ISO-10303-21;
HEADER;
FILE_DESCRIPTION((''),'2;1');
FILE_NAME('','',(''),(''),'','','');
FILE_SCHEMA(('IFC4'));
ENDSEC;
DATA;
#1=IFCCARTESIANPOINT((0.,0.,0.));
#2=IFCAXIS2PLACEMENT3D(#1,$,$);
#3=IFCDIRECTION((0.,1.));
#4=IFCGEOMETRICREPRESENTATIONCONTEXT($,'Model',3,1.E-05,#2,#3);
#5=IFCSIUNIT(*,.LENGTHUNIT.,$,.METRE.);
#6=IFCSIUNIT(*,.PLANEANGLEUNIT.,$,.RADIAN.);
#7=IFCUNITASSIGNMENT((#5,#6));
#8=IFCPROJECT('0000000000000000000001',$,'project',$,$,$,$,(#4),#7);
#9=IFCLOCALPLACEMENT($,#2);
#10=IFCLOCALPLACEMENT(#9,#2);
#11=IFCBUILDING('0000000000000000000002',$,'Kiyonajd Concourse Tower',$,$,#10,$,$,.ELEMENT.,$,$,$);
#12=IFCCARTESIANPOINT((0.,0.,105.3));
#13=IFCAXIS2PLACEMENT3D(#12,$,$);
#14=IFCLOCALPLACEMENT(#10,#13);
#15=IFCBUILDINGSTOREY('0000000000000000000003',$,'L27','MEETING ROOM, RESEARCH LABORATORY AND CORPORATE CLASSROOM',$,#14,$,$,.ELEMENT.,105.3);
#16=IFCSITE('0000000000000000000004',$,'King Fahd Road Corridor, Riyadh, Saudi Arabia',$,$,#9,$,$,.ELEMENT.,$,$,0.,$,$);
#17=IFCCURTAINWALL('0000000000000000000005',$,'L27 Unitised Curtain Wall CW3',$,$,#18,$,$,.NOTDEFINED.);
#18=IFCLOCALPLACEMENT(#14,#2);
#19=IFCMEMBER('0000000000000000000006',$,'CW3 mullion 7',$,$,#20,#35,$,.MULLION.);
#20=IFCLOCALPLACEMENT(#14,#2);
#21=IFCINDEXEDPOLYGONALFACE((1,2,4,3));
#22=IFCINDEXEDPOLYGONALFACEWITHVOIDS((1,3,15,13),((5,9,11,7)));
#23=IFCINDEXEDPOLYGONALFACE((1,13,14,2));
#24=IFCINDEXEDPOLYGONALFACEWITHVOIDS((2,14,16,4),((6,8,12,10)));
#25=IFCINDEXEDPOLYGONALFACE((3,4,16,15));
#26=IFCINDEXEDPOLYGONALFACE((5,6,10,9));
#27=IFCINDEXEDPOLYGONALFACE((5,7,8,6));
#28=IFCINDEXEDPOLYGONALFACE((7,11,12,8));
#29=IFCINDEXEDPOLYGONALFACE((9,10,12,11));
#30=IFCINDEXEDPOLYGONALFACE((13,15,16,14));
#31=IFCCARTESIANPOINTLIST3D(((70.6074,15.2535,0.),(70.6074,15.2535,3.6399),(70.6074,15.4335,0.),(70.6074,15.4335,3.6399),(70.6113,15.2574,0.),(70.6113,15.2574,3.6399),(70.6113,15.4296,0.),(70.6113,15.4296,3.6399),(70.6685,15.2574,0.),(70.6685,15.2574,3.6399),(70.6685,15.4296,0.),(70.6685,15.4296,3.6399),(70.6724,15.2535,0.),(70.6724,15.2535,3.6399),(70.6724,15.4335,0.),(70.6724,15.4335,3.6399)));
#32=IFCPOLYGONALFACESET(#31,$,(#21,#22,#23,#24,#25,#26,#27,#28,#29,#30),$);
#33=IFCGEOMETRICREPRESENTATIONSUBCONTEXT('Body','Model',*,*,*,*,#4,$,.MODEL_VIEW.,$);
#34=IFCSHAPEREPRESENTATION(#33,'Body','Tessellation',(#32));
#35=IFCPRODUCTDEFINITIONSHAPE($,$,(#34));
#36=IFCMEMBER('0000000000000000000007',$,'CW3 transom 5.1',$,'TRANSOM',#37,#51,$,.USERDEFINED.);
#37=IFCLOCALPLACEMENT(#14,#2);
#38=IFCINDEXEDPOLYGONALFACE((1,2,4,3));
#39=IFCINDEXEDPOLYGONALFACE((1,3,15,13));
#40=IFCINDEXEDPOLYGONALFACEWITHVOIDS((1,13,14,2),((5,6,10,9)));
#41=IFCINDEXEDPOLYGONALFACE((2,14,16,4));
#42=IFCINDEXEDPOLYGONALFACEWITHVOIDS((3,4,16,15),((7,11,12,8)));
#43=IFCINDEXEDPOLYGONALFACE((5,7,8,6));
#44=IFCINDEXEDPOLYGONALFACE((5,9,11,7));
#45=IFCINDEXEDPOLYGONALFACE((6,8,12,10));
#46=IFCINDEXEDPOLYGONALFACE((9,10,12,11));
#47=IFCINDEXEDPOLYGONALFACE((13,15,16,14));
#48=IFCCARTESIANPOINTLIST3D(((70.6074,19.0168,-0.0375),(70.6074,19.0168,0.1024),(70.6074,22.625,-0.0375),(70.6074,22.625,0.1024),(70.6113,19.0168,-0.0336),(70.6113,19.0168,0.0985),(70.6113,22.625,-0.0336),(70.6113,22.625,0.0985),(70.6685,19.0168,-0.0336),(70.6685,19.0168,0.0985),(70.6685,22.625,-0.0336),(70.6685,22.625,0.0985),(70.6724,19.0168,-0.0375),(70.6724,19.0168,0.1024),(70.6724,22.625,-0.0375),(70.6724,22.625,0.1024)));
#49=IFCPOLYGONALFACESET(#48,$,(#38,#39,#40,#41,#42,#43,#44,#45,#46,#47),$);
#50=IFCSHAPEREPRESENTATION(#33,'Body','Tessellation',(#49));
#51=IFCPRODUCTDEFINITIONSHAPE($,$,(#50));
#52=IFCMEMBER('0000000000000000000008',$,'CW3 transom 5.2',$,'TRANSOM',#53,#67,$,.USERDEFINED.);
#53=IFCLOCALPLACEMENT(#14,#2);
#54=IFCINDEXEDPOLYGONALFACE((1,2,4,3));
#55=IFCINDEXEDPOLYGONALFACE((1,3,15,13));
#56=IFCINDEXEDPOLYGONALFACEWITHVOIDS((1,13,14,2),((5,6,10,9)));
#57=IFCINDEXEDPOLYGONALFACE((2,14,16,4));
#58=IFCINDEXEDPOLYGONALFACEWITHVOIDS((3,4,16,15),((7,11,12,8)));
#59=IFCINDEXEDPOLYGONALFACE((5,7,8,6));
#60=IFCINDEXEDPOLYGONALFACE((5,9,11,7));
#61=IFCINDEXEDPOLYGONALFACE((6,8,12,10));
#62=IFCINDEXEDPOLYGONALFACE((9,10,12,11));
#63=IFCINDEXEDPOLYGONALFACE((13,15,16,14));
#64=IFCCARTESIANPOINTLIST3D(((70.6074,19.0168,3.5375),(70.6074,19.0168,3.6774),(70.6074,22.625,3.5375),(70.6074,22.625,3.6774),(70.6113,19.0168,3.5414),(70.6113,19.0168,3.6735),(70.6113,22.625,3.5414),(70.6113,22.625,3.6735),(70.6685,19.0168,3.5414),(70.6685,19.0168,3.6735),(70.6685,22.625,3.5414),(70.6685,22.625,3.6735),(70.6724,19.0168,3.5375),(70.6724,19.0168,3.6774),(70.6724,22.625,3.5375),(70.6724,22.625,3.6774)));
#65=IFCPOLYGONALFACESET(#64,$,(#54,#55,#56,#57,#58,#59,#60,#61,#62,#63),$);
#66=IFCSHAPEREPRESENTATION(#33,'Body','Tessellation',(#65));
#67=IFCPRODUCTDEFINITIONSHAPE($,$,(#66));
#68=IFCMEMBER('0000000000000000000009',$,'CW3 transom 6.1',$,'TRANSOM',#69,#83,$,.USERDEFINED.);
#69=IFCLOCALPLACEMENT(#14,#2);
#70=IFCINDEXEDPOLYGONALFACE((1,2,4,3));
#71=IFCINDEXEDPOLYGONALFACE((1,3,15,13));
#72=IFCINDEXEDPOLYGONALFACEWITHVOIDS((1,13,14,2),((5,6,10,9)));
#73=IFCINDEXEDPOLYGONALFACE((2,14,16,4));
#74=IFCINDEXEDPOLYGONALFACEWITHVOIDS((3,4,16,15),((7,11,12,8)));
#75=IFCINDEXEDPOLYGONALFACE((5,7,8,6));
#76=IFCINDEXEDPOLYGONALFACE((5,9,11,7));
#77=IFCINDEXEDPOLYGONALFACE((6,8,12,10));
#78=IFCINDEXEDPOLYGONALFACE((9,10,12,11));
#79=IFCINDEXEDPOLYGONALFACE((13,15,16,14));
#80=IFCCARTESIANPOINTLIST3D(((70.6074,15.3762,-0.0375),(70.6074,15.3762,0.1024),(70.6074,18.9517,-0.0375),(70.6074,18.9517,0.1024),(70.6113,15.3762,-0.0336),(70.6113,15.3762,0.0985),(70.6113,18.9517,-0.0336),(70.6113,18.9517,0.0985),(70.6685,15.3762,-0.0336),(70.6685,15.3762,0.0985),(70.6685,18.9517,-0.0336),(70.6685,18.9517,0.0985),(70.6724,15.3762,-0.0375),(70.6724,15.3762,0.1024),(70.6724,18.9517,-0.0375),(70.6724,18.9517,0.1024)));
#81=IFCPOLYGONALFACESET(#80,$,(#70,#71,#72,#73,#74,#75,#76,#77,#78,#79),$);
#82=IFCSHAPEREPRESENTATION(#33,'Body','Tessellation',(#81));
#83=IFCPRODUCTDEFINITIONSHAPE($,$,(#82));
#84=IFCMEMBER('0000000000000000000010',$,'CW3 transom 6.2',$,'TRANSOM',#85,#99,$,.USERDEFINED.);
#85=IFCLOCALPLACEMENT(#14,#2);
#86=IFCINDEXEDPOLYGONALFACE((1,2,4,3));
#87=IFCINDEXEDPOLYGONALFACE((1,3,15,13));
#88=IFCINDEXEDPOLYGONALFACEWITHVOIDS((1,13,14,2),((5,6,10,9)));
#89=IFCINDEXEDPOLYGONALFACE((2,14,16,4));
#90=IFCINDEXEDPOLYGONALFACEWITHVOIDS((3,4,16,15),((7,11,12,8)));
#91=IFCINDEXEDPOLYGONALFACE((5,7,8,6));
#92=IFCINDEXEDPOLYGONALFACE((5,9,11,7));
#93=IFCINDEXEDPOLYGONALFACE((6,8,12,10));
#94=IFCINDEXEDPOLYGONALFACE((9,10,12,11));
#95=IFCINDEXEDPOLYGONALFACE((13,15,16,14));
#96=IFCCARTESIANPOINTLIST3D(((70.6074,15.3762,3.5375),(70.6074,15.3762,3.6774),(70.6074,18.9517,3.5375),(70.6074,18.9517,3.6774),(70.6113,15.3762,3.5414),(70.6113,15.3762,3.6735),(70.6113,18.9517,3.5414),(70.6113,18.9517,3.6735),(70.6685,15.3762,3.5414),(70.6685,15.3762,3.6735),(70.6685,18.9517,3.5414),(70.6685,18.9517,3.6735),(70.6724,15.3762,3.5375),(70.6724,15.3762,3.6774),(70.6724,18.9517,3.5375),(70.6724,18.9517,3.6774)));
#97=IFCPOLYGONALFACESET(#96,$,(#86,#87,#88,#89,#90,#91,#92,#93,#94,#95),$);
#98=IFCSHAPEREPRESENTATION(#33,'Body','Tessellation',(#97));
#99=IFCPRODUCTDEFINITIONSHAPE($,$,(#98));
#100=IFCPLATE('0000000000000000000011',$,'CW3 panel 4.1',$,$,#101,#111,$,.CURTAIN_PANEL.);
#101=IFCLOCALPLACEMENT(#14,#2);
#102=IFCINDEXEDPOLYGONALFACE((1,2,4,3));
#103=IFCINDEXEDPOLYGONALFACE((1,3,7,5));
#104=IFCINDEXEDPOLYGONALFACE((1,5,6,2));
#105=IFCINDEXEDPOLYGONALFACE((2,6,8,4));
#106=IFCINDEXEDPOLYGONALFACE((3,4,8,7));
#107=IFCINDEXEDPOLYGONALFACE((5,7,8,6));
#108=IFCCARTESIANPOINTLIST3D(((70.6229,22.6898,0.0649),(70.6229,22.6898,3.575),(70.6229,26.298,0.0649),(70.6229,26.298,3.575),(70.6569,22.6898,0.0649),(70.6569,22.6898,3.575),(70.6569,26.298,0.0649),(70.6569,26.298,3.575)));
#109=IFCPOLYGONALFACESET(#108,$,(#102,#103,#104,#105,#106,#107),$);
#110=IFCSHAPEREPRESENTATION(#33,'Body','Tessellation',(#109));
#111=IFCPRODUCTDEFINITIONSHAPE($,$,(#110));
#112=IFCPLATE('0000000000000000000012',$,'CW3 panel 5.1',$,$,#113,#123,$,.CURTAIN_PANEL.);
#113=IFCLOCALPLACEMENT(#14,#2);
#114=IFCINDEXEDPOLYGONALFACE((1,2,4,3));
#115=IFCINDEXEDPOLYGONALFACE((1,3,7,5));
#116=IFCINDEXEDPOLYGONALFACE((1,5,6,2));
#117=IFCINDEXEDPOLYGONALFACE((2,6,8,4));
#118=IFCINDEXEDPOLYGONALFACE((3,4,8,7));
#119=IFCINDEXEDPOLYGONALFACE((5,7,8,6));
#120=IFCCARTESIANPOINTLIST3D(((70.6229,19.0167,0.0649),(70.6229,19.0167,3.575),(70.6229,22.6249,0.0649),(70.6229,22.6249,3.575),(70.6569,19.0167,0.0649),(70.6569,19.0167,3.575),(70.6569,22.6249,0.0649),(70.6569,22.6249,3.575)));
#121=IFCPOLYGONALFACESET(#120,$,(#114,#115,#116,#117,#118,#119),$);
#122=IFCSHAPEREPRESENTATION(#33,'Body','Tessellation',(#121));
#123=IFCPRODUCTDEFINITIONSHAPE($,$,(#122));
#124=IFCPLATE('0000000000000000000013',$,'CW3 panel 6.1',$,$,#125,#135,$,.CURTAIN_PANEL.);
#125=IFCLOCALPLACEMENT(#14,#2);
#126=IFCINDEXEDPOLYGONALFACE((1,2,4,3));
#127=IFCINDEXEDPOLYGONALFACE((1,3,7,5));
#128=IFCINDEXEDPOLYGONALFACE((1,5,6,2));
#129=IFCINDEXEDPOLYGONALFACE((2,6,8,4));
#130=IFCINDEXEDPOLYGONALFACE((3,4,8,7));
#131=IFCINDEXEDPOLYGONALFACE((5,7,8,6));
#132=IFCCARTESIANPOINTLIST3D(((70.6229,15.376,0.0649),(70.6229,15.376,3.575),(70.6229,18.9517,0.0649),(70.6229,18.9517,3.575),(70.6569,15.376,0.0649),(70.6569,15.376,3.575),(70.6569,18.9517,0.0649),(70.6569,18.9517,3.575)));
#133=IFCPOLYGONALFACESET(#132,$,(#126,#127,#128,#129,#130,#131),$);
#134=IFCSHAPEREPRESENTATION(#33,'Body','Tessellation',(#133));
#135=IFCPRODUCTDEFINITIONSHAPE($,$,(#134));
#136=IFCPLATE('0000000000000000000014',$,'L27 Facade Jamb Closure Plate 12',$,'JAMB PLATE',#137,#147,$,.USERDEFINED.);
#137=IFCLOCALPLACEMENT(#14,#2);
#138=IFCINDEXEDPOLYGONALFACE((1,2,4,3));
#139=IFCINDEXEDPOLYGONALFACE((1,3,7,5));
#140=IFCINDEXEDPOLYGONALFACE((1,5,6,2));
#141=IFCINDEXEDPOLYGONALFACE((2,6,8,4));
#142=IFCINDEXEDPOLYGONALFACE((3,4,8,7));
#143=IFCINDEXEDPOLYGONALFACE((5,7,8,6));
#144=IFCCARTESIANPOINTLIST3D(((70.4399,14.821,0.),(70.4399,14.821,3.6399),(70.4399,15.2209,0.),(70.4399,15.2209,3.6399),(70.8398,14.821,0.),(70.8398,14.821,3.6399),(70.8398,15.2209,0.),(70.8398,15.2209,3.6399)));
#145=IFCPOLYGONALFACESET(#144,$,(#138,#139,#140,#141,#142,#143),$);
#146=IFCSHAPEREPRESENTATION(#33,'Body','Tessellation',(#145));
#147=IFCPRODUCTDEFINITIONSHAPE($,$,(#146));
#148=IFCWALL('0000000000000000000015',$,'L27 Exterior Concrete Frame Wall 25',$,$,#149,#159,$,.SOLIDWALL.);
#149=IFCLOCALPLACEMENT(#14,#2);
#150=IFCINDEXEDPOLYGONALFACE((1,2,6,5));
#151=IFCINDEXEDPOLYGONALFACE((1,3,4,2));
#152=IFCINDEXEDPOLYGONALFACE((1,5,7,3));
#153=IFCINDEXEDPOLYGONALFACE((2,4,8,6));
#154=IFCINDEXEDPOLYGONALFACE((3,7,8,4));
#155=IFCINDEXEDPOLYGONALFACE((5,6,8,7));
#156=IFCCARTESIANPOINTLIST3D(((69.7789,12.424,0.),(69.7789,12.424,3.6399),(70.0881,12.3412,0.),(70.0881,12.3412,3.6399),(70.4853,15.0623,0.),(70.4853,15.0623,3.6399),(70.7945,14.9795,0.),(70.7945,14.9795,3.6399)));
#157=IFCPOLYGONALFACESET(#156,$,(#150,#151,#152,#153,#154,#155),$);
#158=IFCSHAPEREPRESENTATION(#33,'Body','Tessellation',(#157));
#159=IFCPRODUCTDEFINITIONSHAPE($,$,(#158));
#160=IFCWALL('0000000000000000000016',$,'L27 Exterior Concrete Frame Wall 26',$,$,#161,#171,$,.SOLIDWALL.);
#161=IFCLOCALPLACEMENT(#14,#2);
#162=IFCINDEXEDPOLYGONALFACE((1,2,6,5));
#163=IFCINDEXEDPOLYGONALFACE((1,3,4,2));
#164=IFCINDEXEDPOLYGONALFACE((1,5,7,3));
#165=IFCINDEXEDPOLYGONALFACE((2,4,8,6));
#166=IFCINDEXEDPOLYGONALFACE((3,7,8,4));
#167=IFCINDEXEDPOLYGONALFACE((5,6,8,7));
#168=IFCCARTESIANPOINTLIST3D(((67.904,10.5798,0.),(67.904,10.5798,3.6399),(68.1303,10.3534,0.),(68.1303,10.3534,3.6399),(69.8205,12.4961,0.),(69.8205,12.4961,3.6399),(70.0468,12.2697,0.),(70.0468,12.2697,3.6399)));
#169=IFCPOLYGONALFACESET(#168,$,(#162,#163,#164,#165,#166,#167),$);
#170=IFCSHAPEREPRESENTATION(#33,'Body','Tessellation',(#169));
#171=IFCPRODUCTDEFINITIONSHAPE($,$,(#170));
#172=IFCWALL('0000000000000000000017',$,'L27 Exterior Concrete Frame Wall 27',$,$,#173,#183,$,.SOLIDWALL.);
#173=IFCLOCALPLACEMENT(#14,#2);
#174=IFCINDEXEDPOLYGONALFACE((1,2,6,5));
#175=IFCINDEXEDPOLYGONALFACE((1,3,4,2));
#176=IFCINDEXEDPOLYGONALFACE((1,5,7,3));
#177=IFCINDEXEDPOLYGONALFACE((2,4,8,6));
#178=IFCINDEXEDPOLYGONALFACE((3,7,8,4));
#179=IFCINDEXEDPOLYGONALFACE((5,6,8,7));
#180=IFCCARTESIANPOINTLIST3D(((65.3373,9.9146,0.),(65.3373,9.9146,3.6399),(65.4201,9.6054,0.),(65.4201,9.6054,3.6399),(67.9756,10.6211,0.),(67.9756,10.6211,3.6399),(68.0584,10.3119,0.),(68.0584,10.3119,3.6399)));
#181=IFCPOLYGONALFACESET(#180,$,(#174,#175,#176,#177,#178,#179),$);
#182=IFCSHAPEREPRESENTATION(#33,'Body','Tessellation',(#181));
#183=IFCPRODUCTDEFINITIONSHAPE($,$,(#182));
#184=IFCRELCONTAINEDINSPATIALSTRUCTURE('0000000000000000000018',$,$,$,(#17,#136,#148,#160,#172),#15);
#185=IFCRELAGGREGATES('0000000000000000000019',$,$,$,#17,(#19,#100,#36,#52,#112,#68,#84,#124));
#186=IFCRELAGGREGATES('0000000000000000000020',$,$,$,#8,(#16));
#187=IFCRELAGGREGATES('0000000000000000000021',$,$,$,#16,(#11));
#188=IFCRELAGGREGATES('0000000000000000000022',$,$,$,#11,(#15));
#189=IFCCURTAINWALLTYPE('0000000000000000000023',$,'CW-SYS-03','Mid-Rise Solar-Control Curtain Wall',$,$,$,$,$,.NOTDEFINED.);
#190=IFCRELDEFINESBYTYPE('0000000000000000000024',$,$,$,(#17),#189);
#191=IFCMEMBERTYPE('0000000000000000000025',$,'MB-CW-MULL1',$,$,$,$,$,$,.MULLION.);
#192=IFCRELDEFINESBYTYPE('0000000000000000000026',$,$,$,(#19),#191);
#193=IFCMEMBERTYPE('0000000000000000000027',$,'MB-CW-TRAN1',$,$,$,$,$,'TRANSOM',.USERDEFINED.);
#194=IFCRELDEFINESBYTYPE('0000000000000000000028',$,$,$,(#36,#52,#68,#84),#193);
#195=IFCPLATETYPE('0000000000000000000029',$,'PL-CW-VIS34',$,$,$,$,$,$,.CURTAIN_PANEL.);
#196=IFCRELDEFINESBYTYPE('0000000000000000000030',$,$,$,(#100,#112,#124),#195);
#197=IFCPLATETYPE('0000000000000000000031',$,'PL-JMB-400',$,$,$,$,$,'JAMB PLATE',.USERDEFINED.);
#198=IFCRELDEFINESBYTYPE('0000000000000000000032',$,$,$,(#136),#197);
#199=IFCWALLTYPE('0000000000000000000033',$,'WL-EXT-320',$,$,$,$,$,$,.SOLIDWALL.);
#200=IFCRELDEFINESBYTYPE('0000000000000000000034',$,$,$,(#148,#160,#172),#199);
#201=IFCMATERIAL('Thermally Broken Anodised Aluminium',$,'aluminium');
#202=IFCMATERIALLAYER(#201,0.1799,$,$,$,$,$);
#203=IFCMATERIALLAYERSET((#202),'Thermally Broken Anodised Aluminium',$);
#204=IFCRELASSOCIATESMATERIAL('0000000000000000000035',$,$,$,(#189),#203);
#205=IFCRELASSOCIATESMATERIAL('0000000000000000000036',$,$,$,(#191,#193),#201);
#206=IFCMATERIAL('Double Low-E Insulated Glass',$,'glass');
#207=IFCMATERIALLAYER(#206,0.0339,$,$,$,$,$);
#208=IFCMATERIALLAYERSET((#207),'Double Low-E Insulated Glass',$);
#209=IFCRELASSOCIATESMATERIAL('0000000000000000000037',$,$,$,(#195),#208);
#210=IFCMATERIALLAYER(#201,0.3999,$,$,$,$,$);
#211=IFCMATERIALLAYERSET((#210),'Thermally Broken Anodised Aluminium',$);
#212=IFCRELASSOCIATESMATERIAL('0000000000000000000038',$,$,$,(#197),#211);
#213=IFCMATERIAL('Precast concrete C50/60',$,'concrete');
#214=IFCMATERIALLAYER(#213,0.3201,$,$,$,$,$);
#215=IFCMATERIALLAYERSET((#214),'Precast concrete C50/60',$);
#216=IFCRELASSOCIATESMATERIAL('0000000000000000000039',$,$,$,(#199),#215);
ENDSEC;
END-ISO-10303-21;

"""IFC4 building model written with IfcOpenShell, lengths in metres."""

from ifc_helpers import new_model, si_unit, direction, frame, frame_2d, origin, origin_2d, place, context, subcontext, project, spatial, rectangle, hollow_rectangle, extrude, material, layer, layer_set, material_profile, profile_set, type_object, element, aggregate, save


model = new_model("IFC4")

# Units and contexts
model_context = context("Model", 3, precision=1e-05, world=origin(), true_north=direction((0.0, 1.0)))
body_context = subcontext(model_context, "Body", "Model", "MODEL_VIEW")
ifc_project = project(units=[si_unit("LENGTHUNIT", "METRE"), si_unit("PLANEANGLEUNIT", "RADIAN")], contexts=[model_context])

# Site, building, storey
site_placement = place(None, origin())
site = spatial("IfcSite", under=ifc_project, at=site_placement, Name="King Fahd Road Corridor, Riyadh, Saudi Arabia", CompositionType="ELEMENT", RefElevation=0.0)
building_placement = place(site_placement, origin())
building = spatial("IfcBuilding", under=site, at=building_placement, Name="Kiyonajd Concourse Tower", CompositionType="ELEMENT")
storey_placement = place(building_placement, frame((0.0, 0.0, 105.3)))
storey = spatial("IfcBuildingStorey", under=building, at=storey_placement, Name="L27", Description="MEETING ROOM, RESEARCH LABORATORY AND CORPORATE CLASSROOM", CompositionType="ELEMENT", Elevation=105.3)

# Shared definitions
ifc_material_1 = material(Name="Precast concrete C50/60", Category="concrete")

# Curtain wall, members, plates
ifc_material_2 = material(Name="Thermally Broken Anodised Aluminium", Category="aluminium")
ifc_layer_1 = layer(ifc_material_2, 0.1799)
ifc_layer_set_1 = layer_set([ifc_layer_1], Name="Thermally Broken Anodised Aluminium")
curtain_wall_type = type_object("IfcCurtainWallType", Name="CW-SYS-03", Description="Mid-Rise Solar-Control Curtain Wall", PredefinedType="NOTDEFINED", material=ifc_layer_set_1)
curtain_wall_placement = place(storey_placement, origin())
curtain_wall = element("IfcCurtainWall", 1, at=curtain_wall_placement, inside=storey, type_object=curtain_wall_type, Name="L27 Unitised Curtain Wall CW3", PredefinedType="NOTDEFINED")
ifc_material_profile_1 = material_profile(ifc_material_2, hollow_rectangle(XDim=0.0649, YDim=0.1799, WallThickness=0.0039, at=origin_2d()), Name="MULL-65x180")
ifc_profile_set_1 = profile_set([ifc_material_profile_1], Name="Thermally Broken Anodised Aluminium")
member_type_1 = type_object("IfcMemberType", Name="MB-CW-MULL1", PredefinedType="MULLION", material=ifc_profile_set_1)
member_1_placement = place(storey_placement, frame((70.6399, 15.3435, 0.0), z_axis=(0.0, 0.0, 1.0), x_axis=(1.0, 0.0, 0.0)))
member_1 = element("IfcMember", 2, at=member_1_placement, type_object=member_type_1, Name="CW3 mullion 7", PredefinedType="MULLION", context=body_context, shape_type="SweptSolid", body=[
    extrude(hollow_rectangle(XDim=0.0649, YDim=0.1799, WallThickness=0.0039, at=origin_2d()), origin(), (0.0, 0.0, 1.0), 3.6399),
])
ifc_material_profile_2 = material_profile(ifc_material_2, hollow_rectangle(XDim=0.0649, YDim=0.1399, WallThickness=0.0039, at=origin_2d()), Name="TRAN-65x140")
ifc_profile_set_2 = profile_set([ifc_material_profile_2], Name="Thermally Broken Anodised Aluminium")
member_type_2 = type_object("IfcMemberType", Name="MB-CW-TRAN1", ElementType="TRANSOM", PredefinedType="USERDEFINED", material=ifc_profile_set_2)
member_2_placement = place(storey_placement, frame((70.6399, 22.625, 0.0325), z_axis=(0.0, -1.0, 0.0), x_axis=(1.0, 0.0, 0.0)))
member_2 = element("IfcMember", 3, at=member_2_placement, type_object=member_type_2, Name="CW3 transom 5.1", ObjectType="TRANSOM", PredefinedType="USERDEFINED", context=body_context, shape_type="SweptSolid", body=[
    extrude(hollow_rectangle(XDim=0.0649, YDim=0.1399, WallThickness=0.0039, at=origin_2d()), origin(), (0.0, 0.0, 1.0), 3.6082),
])
member_3_placement = place(storey_placement, frame((70.6399, 22.625, 3.6074), z_axis=(0.0, -1.0, 0.0), x_axis=(1.0, 0.0, 0.0)))
member_3 = element("IfcMember", 4, at=member_3_placement, type_object=member_type_2, Name="CW3 transom 5.2", ObjectType="TRANSOM", PredefinedType="USERDEFINED", context=body_context, shape_type="SweptSolid", body=[
    extrude(hollow_rectangle(XDim=0.0649, YDim=0.1399, WallThickness=0.0039, at=origin_2d()), origin(), (0.0, 0.0, 1.0), 3.6082),
])
member_4_placement = place(storey_placement, frame((70.6399, 18.9517, 0.0325), z_axis=(0.0, -1.0, 0.0), x_axis=(1.0, 0.0, 0.0)))
member_4 = element("IfcMember", 5, at=member_4_placement, type_object=member_type_2, Name="CW3 transom 6.1", ObjectType="TRANSOM", PredefinedType="USERDEFINED", context=body_context, shape_type="SweptSolid", body=[
    extrude(hollow_rectangle(XDim=0.0649, YDim=0.1399, WallThickness=0.0039, at=origin_2d()), origin(), (0.0, 0.0, 1.0), 3.5754),
])
member_5_placement = place(storey_placement, frame((70.6399, 18.9517, 3.6074), z_axis=(0.0, -1.0, 0.0), x_axis=(1.0, 0.0, 0.0)))
member_5 = element("IfcMember", 6, at=member_5_placement, type_object=member_type_2, Name="CW3 transom 6.2", ObjectType="TRANSOM", PredefinedType="USERDEFINED", context=body_context, shape_type="SweptSolid", body=[
    extrude(hollow_rectangle(XDim=0.0649, YDim=0.1399, WallThickness=0.0039, at=origin_2d()), origin(), (0.0, 0.0, 1.0), 3.5754),
])
ifc_material_3 = material(Name="Double Low-E Insulated Glass", Category="glass")
ifc_layer_2 = layer(ifc_material_3, 0.0339)
ifc_layer_set_2 = layer_set([ifc_layer_2], Name="Double Low-E Insulated Glass")
plate_type_1 = type_object("IfcPlateType", Name="PL-CW-VIS34", PredefinedType="CURTAIN_PANEL", material=ifc_layer_set_2)
plate_1_placement = place(storey_placement, frame((70.6399, 24.4939, 0.0649), z_axis=(0.0, 0.0, 1.0), x_axis=(0.0, -1.0, 0.0)))
plate_1 = element("IfcPlate", 7, at=plate_1_placement, type_object=plate_type_1, Name="CW3 panel 4.1", PredefinedType="CURTAIN_PANEL", context=body_context, shape_type="SweptSolid", body=[
    extrude(rectangle(XDim=3.6082, YDim=0.0339, at=origin_2d()), origin(), (0.0, 0.0, 1.0), 3.51),
])
plate_2_placement = place(storey_placement, frame((70.6399, 20.8208, 0.0649), z_axis=(0.0, 0.0, 1.0), x_axis=(0.0, -1.0, 0.0)))
plate_2 = element("IfcPlate", 8, at=plate_2_placement, type_object=plate_type_1, Name="CW3 panel 5.1", PredefinedType="CURTAIN_PANEL", context=body_context, shape_type="SweptSolid", body=[
    extrude(rectangle(XDim=3.6082, YDim=0.0339, at=origin_2d()), origin(), (0.0, 0.0, 1.0), 3.51),
])
plate_3_placement = place(storey_placement, frame((70.6399, 17.1638, 0.0649), z_axis=(0.0, 0.0, 1.0), x_axis=(0.0, -1.0, 0.0)))
plate_3 = element("IfcPlate", 9, at=plate_3_placement, type_object=plate_type_1, Name="CW3 panel 6.1", PredefinedType="CURTAIN_PANEL", context=body_context, shape_type="SweptSolid", body=[
    extrude(rectangle(XDim=3.5757, YDim=0.0339, at=origin_2d()), origin(), (0.0, 0.0, 1.0), 3.51),
])
aggregate(curtain_wall, [member_1, plate_1, member_2, member_3, plate_2, member_4, member_5, plate_3])

# Plate
ifc_layer_3 = layer(ifc_material_2, 0.3999)
ifc_layer_set_3 = layer_set([ifc_layer_3], Name="Thermally Broken Anodised Aluminium")
plate_type_2 = type_object("IfcPlateType", Name="PL-JMB-400", ElementType="JAMB PLATE", PredefinedType="USERDEFINED", material=ifc_layer_set_3)
plate_4_placement = place(storey_placement, frame((70.6399, 15.021, 0.0), z_axis=(0.0, 0.0, 1.0), x_axis=(1.0, 0.0, 0.0)))
element("IfcPlate", 10, at=plate_4_placement, inside=storey, type_object=plate_type_2, Name="L27 Facade Jamb Closure Plate 12", ObjectType="JAMB PLATE", PredefinedType="USERDEFINED", context=body_context, shape_type="SweptSolid", body=[
    extrude(rectangle(XDim=0.3999, YDim=0.3999, at=origin_2d()), origin(), (0.0, 0.0, 1.0), 3.6399),
])

# Walls
ifc_layer_4 = layer(ifc_material_1, 0.3201)
ifc_layer_set_4 = layer_set([ifc_layer_4], Name="Precast concrete C50/60")
wall_type_1 = type_object("IfcWallType", Name="WL-EXT-320", PredefinedType="SOLIDWALL", material=ifc_layer_set_4)
wall_1_placement = place(storey_placement, frame((70.6399, 15.021, 0.0), z_axis=(0.0, 0.0, 1.0), x_axis=(-0.258614, -0.965981, 0.0)))
element("IfcWall", 11, at=wall_1_placement, inside=storey, type_object=wall_type_1, Name="L27 Exterior Concrete Frame Wall 25", PredefinedType="SOLIDWALL", context=body_context, shape_type="SweptSolid", body=[
    extrude(rectangle(XDim=2.7312, YDim=0.3201, at=frame_2d((1.3657, 0.0))), origin(), (0.0, 0.0, 1.0), 3.6399),
])
wall_2_placement = place(storey_placement, frame((69.9336, 12.3828, 0.0), z_axis=(0.0, 0.0, 1.0), x_axis=(-0.707152, -0.707062, 0.0)))
element("IfcWall", 12, at=wall_2_placement, inside=storey, type_object=wall_type_1, Name="L27 Exterior Concrete Frame Wall 26", PredefinedType="SOLIDWALL", context=body_context, shape_type="SweptSolid", body=[
    extrude(rectangle(XDim=2.7102, YDim=0.3201, at=frame_2d((1.355, 0.0))), origin(), (0.0, 0.0, 1.0), 3.6399),
])
wall_3_placement = place(storey_placement, frame((68.0171, 10.4666, 0.0), z_axis=(0.0, 0.0, 1.0), x_axis=(-0.965958, -0.258697, 0.0)))
element("IfcWall", 13, at=wall_3_placement, inside=storey, type_object=wall_type_1, Name="L27 Exterior Concrete Frame Wall 27", PredefinedType="SOLIDWALL", context=body_context, shape_type="SweptSolid", body=[
    extrude(rectangle(XDim=2.7312, YDim=0.3201, at=frame_2d((1.3657, 0.0))), origin(), (0.0, 0.0, 1.0), 3.6399),
])

save(model, "model.ifc")
